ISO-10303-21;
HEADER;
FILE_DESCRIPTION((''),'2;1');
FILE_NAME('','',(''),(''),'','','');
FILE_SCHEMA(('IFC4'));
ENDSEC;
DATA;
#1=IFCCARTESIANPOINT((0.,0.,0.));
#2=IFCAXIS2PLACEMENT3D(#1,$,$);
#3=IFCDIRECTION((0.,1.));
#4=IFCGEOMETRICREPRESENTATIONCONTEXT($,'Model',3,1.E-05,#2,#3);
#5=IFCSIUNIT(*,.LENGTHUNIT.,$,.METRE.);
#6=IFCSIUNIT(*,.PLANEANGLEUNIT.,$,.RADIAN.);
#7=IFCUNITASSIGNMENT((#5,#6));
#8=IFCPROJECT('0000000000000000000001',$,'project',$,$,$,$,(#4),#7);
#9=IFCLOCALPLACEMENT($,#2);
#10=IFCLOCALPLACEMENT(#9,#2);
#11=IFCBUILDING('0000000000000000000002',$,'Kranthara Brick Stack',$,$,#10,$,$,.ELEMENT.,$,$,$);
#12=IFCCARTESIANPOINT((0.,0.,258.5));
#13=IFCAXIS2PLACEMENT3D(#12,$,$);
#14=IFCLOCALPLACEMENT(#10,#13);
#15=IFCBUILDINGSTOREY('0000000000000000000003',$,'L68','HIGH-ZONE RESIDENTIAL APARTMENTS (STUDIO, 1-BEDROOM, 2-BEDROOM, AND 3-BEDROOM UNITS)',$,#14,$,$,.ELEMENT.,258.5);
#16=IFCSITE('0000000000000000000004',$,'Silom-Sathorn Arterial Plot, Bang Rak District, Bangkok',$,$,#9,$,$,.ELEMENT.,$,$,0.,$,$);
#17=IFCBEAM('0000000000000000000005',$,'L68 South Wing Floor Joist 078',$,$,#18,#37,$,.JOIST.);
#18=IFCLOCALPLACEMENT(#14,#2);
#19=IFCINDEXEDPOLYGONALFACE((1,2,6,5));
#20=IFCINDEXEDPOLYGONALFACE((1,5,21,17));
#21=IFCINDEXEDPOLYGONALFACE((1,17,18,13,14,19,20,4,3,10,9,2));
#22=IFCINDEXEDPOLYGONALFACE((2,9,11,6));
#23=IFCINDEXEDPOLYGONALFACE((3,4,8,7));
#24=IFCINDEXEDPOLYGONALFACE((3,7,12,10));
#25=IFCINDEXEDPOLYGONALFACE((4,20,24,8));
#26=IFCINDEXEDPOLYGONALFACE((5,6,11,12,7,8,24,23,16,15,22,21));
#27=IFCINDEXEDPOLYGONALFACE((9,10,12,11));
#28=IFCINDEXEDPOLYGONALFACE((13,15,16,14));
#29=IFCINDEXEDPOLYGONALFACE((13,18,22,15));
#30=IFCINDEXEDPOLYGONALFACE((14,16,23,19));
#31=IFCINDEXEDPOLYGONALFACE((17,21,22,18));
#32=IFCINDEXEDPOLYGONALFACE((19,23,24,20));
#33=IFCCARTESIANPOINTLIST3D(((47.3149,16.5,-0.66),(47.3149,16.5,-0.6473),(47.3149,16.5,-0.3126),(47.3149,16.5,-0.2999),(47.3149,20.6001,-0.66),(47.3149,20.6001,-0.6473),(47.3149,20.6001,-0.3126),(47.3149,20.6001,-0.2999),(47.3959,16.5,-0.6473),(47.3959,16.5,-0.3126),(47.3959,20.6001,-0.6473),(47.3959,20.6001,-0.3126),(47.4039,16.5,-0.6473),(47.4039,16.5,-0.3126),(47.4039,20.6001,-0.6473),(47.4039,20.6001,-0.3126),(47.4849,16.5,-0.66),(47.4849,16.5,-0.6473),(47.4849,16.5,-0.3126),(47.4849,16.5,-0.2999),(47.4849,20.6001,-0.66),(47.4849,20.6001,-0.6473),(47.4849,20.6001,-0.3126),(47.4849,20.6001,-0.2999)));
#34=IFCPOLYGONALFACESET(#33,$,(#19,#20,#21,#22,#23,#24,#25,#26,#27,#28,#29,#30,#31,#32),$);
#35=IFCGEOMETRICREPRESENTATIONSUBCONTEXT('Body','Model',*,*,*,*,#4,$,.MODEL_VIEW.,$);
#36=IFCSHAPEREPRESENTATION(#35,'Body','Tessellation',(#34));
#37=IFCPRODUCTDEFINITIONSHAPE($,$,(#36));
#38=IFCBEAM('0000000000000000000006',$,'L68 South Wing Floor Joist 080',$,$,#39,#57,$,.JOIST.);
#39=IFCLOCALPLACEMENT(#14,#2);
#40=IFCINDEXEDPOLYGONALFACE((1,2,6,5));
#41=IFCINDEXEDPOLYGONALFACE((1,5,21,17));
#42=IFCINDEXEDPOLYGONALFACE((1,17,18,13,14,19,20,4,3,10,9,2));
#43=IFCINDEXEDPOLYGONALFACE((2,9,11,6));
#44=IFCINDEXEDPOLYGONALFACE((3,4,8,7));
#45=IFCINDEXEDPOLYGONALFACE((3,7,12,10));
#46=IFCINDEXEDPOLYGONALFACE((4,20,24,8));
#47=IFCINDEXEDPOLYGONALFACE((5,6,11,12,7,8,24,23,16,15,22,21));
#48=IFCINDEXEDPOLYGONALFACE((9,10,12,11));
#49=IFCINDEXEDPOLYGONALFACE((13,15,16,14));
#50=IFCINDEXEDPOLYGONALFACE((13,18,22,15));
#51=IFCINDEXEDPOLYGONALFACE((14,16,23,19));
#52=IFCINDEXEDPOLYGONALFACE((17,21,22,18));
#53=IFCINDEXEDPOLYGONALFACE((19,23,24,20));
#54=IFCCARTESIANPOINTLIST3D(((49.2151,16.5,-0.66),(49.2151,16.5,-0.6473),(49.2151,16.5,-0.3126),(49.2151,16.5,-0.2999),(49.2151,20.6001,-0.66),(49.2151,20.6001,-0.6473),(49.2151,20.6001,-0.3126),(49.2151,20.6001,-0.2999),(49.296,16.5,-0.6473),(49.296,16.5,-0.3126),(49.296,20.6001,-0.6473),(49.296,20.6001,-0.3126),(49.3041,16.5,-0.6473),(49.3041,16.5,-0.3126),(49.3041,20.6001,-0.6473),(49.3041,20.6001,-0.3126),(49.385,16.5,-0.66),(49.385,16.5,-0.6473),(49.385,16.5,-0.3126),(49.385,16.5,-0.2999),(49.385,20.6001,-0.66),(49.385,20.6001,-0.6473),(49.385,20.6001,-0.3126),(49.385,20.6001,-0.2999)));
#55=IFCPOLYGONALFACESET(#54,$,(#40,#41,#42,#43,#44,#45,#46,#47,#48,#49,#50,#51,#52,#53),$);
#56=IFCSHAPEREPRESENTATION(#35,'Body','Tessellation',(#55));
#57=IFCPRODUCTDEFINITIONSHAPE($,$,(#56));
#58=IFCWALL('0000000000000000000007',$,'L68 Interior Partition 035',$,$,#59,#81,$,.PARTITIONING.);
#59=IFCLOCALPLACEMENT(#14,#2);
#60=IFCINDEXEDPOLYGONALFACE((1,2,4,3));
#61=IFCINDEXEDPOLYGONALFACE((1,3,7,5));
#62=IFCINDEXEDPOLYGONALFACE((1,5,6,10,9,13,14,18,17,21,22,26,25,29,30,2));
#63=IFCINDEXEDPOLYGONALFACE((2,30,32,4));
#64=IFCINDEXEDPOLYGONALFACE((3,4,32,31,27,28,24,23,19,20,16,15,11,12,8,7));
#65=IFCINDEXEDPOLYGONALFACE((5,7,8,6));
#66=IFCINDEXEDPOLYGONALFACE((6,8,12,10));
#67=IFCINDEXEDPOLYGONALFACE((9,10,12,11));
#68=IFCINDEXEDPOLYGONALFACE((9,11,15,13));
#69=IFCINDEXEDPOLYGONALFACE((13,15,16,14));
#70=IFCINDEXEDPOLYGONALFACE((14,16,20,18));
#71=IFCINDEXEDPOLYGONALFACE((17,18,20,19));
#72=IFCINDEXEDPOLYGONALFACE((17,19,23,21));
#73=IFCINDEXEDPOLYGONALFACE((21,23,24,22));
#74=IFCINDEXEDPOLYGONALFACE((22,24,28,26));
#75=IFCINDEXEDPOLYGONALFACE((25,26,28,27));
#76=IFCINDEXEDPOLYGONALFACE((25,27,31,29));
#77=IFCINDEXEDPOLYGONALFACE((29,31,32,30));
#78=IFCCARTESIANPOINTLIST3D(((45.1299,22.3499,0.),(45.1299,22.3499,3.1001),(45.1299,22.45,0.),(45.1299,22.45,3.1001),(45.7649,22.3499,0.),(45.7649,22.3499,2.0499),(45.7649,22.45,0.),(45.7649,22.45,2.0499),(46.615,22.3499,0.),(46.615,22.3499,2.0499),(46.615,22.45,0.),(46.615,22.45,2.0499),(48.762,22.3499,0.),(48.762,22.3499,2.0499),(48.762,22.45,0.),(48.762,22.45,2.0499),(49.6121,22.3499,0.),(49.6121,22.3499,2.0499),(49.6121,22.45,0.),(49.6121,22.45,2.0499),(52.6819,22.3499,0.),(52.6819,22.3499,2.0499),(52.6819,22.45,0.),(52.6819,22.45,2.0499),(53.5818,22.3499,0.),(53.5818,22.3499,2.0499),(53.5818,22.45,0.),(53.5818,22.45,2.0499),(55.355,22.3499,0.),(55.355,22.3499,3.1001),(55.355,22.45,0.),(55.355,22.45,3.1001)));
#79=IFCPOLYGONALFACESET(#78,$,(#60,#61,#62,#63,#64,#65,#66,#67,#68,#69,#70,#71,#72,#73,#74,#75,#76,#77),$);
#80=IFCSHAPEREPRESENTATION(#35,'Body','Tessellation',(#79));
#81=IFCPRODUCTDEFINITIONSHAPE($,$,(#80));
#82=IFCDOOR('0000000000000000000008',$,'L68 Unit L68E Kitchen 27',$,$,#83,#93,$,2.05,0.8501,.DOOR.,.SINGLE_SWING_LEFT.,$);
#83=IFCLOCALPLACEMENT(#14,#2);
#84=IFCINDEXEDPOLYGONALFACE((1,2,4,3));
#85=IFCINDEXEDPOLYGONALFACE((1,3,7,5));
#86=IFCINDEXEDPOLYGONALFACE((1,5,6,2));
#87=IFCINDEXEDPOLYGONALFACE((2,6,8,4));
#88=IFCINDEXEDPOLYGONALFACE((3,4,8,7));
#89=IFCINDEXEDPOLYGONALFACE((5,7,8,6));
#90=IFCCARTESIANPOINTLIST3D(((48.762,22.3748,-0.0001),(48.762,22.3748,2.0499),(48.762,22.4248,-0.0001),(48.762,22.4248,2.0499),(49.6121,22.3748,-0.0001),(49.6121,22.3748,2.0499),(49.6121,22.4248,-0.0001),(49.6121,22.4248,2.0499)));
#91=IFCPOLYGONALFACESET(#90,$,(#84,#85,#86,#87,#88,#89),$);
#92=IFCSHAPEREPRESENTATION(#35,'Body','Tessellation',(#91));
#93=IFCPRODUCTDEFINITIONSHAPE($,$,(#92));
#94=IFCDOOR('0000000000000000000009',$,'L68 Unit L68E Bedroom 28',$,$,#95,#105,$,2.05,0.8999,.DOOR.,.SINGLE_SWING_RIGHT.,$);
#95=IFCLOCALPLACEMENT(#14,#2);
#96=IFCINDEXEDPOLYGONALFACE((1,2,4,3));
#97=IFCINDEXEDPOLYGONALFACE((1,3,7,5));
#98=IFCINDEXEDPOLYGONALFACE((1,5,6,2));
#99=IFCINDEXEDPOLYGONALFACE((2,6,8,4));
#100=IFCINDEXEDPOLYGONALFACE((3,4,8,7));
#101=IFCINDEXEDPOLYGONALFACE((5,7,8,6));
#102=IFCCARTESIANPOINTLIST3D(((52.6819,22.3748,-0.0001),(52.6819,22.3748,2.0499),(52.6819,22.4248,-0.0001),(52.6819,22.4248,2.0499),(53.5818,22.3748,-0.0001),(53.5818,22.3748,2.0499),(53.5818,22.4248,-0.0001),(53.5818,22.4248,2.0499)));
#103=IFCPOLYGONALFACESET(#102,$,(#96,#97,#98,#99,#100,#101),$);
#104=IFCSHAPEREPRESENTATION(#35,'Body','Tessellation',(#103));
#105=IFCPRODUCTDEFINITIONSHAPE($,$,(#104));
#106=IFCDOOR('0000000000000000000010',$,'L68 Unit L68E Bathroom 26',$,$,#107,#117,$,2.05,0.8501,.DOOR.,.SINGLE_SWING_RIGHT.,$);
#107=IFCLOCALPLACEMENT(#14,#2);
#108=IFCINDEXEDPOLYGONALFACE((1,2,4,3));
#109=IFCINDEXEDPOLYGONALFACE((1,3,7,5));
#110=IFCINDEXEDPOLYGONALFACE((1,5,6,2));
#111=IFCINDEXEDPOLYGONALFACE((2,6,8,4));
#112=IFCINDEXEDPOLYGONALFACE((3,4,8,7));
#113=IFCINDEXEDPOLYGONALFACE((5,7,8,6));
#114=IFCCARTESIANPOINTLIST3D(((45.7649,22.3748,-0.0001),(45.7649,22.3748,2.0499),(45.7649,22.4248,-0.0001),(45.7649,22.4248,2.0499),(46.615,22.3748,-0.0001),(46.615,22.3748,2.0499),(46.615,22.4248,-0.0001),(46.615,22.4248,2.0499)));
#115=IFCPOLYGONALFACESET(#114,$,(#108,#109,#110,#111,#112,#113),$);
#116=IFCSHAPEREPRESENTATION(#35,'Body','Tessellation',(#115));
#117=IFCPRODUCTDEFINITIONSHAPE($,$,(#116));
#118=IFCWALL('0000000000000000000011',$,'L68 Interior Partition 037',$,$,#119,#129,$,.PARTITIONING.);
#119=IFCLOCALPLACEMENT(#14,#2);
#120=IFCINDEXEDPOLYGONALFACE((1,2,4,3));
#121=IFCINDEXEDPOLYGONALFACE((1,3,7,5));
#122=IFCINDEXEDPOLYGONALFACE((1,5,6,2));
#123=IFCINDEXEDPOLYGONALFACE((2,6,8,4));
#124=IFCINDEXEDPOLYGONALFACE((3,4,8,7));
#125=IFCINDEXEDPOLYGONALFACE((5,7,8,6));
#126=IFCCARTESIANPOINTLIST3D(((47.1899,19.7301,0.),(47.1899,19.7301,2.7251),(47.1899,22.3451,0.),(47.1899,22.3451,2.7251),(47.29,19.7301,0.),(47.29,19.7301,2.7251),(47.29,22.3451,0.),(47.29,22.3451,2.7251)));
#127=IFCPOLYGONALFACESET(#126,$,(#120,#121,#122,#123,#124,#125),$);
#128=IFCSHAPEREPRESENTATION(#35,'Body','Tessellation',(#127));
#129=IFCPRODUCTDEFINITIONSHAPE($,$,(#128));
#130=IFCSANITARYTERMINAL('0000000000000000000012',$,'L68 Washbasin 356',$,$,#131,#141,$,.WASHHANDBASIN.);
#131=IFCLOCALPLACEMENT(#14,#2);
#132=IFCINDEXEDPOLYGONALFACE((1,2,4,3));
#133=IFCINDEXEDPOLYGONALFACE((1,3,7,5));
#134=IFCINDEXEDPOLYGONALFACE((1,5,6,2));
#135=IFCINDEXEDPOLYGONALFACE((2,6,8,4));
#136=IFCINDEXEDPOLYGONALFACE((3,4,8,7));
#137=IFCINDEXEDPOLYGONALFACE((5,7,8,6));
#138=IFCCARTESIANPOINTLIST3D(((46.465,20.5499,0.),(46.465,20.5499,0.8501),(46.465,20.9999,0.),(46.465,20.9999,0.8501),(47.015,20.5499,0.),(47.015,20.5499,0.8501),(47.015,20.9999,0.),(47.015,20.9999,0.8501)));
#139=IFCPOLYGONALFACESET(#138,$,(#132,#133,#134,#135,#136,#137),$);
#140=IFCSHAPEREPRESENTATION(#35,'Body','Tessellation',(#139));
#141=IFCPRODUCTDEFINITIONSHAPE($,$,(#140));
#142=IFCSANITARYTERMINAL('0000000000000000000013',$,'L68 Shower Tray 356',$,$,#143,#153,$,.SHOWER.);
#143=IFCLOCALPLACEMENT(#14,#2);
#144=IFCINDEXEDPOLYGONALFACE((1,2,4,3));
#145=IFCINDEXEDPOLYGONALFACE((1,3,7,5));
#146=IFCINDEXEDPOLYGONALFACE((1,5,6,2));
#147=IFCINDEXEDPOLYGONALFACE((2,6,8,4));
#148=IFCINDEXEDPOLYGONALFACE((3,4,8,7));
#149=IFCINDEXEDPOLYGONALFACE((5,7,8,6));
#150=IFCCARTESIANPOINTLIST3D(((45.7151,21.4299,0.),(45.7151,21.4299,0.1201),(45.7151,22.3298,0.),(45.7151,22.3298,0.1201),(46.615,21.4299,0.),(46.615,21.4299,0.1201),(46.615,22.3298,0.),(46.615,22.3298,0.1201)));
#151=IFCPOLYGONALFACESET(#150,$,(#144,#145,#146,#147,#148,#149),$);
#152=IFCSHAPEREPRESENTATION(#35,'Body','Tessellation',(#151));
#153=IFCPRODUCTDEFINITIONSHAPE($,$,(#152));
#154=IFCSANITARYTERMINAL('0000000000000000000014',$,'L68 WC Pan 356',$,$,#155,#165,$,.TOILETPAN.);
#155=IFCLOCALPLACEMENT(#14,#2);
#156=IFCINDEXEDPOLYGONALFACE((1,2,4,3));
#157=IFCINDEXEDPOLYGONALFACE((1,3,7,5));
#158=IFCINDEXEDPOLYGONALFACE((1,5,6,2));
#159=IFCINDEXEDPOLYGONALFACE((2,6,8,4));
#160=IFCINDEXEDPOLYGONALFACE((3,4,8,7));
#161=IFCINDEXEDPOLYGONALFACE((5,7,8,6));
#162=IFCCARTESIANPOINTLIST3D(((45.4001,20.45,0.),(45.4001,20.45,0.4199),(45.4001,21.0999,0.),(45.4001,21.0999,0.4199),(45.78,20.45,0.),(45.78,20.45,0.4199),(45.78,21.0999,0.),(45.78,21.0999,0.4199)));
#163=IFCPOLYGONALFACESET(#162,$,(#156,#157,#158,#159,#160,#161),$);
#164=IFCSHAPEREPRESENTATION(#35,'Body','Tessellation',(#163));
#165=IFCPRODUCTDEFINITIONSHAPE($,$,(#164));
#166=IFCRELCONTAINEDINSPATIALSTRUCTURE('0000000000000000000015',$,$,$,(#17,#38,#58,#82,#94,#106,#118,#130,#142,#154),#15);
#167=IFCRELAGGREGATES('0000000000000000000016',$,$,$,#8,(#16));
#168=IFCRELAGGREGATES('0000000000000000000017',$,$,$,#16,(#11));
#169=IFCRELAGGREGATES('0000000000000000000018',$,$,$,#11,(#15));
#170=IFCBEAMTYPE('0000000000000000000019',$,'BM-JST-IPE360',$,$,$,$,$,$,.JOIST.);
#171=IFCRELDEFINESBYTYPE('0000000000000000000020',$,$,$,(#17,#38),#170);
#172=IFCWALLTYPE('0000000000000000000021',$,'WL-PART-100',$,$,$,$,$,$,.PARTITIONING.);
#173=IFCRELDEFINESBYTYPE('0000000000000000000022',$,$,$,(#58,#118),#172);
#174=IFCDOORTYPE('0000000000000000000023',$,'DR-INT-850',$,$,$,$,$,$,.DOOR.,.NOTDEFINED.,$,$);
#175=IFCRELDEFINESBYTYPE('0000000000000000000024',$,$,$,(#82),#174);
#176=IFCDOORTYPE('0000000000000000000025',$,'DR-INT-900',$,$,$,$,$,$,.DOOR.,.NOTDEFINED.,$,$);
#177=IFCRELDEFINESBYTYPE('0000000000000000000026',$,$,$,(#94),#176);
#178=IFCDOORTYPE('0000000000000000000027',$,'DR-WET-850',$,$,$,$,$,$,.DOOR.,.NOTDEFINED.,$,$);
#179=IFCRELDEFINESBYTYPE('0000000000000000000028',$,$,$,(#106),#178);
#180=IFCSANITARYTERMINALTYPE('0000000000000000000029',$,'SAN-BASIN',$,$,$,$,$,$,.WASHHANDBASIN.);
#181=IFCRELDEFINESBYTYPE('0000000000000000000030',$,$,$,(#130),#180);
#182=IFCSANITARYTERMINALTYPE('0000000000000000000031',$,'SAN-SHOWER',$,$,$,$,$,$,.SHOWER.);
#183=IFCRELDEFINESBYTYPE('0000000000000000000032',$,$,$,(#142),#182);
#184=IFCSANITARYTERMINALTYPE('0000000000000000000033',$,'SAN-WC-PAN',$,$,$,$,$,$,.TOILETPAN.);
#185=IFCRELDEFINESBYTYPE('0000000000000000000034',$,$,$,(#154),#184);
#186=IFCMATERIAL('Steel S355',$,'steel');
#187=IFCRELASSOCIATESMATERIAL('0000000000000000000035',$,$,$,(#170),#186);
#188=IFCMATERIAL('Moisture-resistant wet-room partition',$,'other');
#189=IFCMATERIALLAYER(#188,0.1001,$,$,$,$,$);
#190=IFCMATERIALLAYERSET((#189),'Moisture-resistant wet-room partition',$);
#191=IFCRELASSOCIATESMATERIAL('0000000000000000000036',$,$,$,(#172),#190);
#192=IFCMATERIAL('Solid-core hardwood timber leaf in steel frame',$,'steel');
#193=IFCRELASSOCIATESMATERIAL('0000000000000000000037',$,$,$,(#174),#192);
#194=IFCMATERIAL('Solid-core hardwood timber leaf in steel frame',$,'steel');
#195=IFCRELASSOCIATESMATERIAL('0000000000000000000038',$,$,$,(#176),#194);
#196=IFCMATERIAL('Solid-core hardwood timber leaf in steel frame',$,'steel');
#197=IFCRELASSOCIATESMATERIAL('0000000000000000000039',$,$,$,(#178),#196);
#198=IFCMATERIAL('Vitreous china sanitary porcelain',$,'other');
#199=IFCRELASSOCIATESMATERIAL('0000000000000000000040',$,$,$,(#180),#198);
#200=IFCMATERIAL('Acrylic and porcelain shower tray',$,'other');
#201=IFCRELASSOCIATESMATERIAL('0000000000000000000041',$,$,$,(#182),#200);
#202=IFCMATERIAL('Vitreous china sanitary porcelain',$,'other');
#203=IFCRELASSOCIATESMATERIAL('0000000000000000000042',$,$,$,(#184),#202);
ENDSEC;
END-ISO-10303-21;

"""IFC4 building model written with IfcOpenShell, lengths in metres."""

from ifc_helpers import new_model, si_unit, direction, frame, frame_2d, origin, origin_2d, place, context, subcontext, project, spatial, rectangle, i_section, extrude, material, layer, layer_set, material_profile, profile_set, type_object, element, fill, save


model = new_model("IFC4")

# Units and contexts
model_context = context("Model", 3, precision=1e-05, world=origin(), true_north=direction((0.0, 1.0)))
body_context = subcontext(model_context, "Body", "Model", "MODEL_VIEW")
ifc_project = project(units=[si_unit("LENGTHUNIT", "METRE"), si_unit("PLANEANGLEUNIT", "RADIAN")], contexts=[model_context])

# Site, building, storey
site_placement = place(None, origin())
site = spatial("IfcSite", under=ifc_project, at=site_placement, Name="Silom-Sathorn Arterial Plot, Bang Rak District, Bangkok", CompositionType="ELEMENT", RefElevation=0.0)
building_placement = place(site_placement, origin())
building = spatial("IfcBuilding", under=site, at=building_placement, Name="Kranthara Brick Stack", CompositionType="ELEMENT")
storey_placement = place(building_placement, frame((0.0, 0.0, 258.5)))
storey = spatial("IfcBuildingStorey", under=building, at=storey_placement, Name="L68", Description="HIGH-ZONE RESIDENTIAL APARTMENTS (STUDIO, 1-BEDROOM, 2-BEDROOM, AND 3-BEDROOM UNITS)", CompositionType="ELEMENT", Elevation=258.5)

# Beams
ifc_material_1 = material(Name="Steel S355", Category="steel")
ifc_material_profile = material_profile(ifc_material_1, i_section(OverallWidth=0.1699, OverallDepth=0.3601, WebThickness=0.0081, FlangeThickness=0.0127, at=origin_2d()), Name="IPE 360")
ifc_profile_set = profile_set([ifc_material_profile], Name="Steel S355")
beam_type = type_object("IfcBeamType", Name="BM-JST-IPE360", PredefinedType="JOIST", material=ifc_profile_set)
for number, where, z_axis, x_axis, name in (
    (1, (47.3999, 16.5, -0.48), (0.0, 1.0, 0.0), (-1.0, 0.0, 0.0), "L68 South Wing Floor Joist 078"),
    (2, (49.3, 16.5, -0.48), (0.0, 1.0, 0.0), (-1.0, 0.0, 0.0), "L68 South Wing Floor Joist 080"),
):
    element("IfcBeam", number, at=place(storey_placement, frame(where, z_axis=z_axis, x_axis=x_axis)), inside=storey, type_object=beam_type, Name=name, PredefinedType="JOIST", context=body_context, shape_type="SweptSolid", body=[
        extrude(i_section(OverallWidth=0.1699, OverallDepth=0.3601, WebThickness=0.0081, FlangeThickness=0.0127, at=origin_2d()), origin(), (0.0, 0.0, 1.0), 4.1001),
    ])

# Wall, openings, doors
ifc_material_2 = material(Name="Moisture-resistant wet-room partition", Category="other")
ifc_layer = layer(ifc_material_2, 0.1001)
ifc_layer_set = layer_set([ifc_layer], Name="Moisture-resistant wet-room partition")
wall_type = type_object("IfcWallType", Name="WL-PART-100", PredefinedType="PARTITIONING", material=ifc_layer_set)
wall_1_placement = place(storey_placement, frame((45.1299, 22.3999, 0.0), z_axis=(0.0, 0.0, 1.0), x_axis=(1.0, 0.0, 0.0)))
wall_1 = element("IfcWall", 3, at=wall_1_placement, inside=storey, type_object=wall_type, Name="L68 Interior Partition 035", PredefinedType="PARTITIONING", context=body_context, shape_type="SweptSolid", body=[
    extrude(rectangle(XDim=10.2251, YDim=0.1001, at=frame_2d((5.1125, 0.0))), origin(), (0.0, 0.0, 1.0), 3.1001),
])
opening_1_placement = place(wall_1_placement, frame((0.635, 0.0, 0.0)))
opening_1 = element("IfcOpeningElement", 4, at=opening_1_placement, cuts=wall_1, PredefinedType="OPENING", context=body_context, shape_type="SweptSolid", body=[
    extrude(rectangle(XDim=0.8501, YDim=2.05, at=frame_2d((0.425, 1.0249))), frame((0.0, 0.0601, 0.0), z_axis=(0.0, -1.0, 0.0), x_axis=(1.0, 0.0, 0.0)), (0.0, 0.0, 1.0), 0.1201),
])
opening_2_placement = place(wall_1_placement, frame((3.6321, 0.0, 0.0)))
opening_2 = element("IfcOpeningElement", 5, at=opening_2_placement, cuts=wall_1, PredefinedType="OPENING", context=body_context, shape_type="SweptSolid", body=[
    extrude(rectangle(XDim=0.8501, YDim=2.05, at=frame_2d((0.425, 1.0249))), frame((0.0, 0.0601, 0.0), z_axis=(0.0, -1.0, 0.0), x_axis=(1.0, 0.0, 0.0)), (0.0, 0.0, 1.0), 0.1201),
])
opening_3_placement = place(wall_1_placement, frame((7.552, 0.0, 0.0)))
opening_3 = element("IfcOpeningElement", 6, at=opening_3_placement, cuts=wall_1, PredefinedType="OPENING", context=body_context, shape_type="SweptSolid", body=[
    extrude(rectangle(XDim=0.8999, YDim=2.05, at=frame_2d((0.45, 1.0249))), frame((0.0, 0.0601, 0.0), z_axis=(0.0, -1.0, 0.0), x_axis=(1.0, 0.0, 0.0)), (0.0, 0.0, 1.0), 0.1201),
])
ifc_material_3 = material(Name="Solid-core hardwood timber leaf in steel frame", Category="steel")
door_type_1 = type_object("IfcDoorType", Name="DR-INT-850", OperationType="NOTDEFINED", PredefinedType="DOOR", material=ifc_material_3)
door_1_placement = place(opening_2_placement, origin())
door_1 = element("IfcDoor", 7, at=door_1_placement, inside=storey, type_object=door_type_1, Name="L68 Unit L68E Kitchen 27", OperationType="SINGLE_SWING_LEFT", OverallHeight=2.05, OverallWidth=0.8501, PredefinedType="DOOR", context=body_context, shape_type="SweptSolid", body=[
    extrude(rectangle(XDim=0.8501, YDim=2.05, at=frame_2d((0.425, 1.0249))), frame((0.0, 0.0249, 0.0), z_axis=(0.0, -1.0, 0.0), x_axis=(1.0, 0.0, 0.0)), (0.0, 0.0, 1.0), 0.05),
])
fill(opening_2, door_1)
ifc_material_4 = material(Name="Solid-core hardwood timber leaf in steel frame", Category="steel")
door_type_2 = type_object("IfcDoorType", Name="DR-INT-900", OperationType="NOTDEFINED", PredefinedType="DOOR", material=ifc_material_4)
door_2_placement = place(opening_3_placement, origin())
door_2 = element("IfcDoor", 8, at=door_2_placement, inside=storey, type_object=door_type_2, Name="L68 Unit L68E Bedroom 28", OperationType="SINGLE_SWING_RIGHT", OverallHeight=2.05, OverallWidth=0.8999, PredefinedType="DOOR", context=body_context, shape_type="SweptSolid", body=[
    extrude(rectangle(XDim=0.8999, YDim=2.05, at=frame_2d((0.45, 1.0249))), frame((0.0, 0.0249, 0.0), z_axis=(0.0, -1.0, 0.0), x_axis=(1.0, 0.0, 0.0)), (0.0, 0.0, 1.0), 0.05),
])
fill(opening_3, door_2)
ifc_material_5 = material(Name="Solid-core hardwood timber leaf in steel frame", Category="steel")
door_type_3 = type_object("IfcDoorType", Name="DR-WET-850", OperationType="NOTDEFINED", PredefinedType="DOOR", material=ifc_material_5)
door_3_placement = place(opening_1_placement, origin())
door_3 = element("IfcDoor", 9, at=door_3_placement, inside=storey, type_object=door_type_3, Name="L68 Unit L68E Bathroom 26", OperationType="SINGLE_SWING_RIGHT", OverallHeight=2.05, OverallWidth=0.8501, PredefinedType="DOOR", context=body_context, shape_type="SweptSolid", body=[
    extrude(rectangle(XDim=0.8501, YDim=2.05, at=frame_2d((0.425, 1.0249))), frame((0.0, 0.0249, 0.0), z_axis=(0.0, -1.0, 0.0), x_axis=(1.0, 0.0, 0.0)), (0.0, 0.0, 1.0), 0.05),
])
fill(opening_1, door_3)

# Wall
wall_2_placement = place(storey_placement, frame((47.24, 19.73, 0.0), z_axis=(0.0, 0.0, 1.0), x_axis=(0.0, 1.0, 0.0)))
element("IfcWall", 10, at=wall_2_placement, inside=storey, type_object=wall_type, Name="L68 Interior Partition 037", PredefinedType="PARTITIONING", context=body_context, shape_type="SweptSolid", body=[
    extrude(rectangle(XDim=2.615, YDim=0.1001, at=frame_2d((1.3076, 0.0))), origin(), (0.0, 0.0, 1.0), 2.7251),
])

# Sanitary terminals
ifc_material_6 = material(Name="Vitreous china sanitary porcelain", Category="other")
sanitary_terminal_type_1 = type_object("IfcSanitaryTerminalType", Name="SAN-BASIN", PredefinedType="WASHHANDBASIN", material=ifc_material_6)
sanitary_terminal_1_placement = place(storey_placement, frame((46.74, 20.7749, 0.0), z_axis=(0.0, 0.0, 1.0), x_axis=(1.0, 0.0, 0.0)))
element("IfcSanitaryTerminal", 11, at=sanitary_terminal_1_placement, inside=storey, type_object=sanitary_terminal_type_1, Name="L68 Washbasin 356", PredefinedType="WASHHANDBASIN", context=body_context, shape_type="SweptSolid", body=[
    extrude(rectangle(XDim=0.55, YDim=0.45, at=origin_2d()), origin(), (0.0, 0.0, 1.0), 0.8501),
])
ifc_material_7 = material(Name="Acrylic and porcelain shower tray", Category="other")
sanitary_terminal_type_2 = type_object("IfcSanitaryTerminalType", Name="SAN-SHOWER", PredefinedType="SHOWER", material=ifc_material_7)
sanitary_terminal_2_placement = place(storey_placement, frame((46.165, 21.8799, 0.0), z_axis=(0.0, 0.0, 1.0), x_axis=(1.0, 0.0, 0.0)))
element("IfcSanitaryTerminal", 12, at=sanitary_terminal_2_placement, inside=storey, type_object=sanitary_terminal_type_2, Name="L68 Shower Tray 356", PredefinedType="SHOWER", context=body_context, shape_type="SweptSolid", body=[
    extrude(rectangle(XDim=0.8999, YDim=0.8999, at=origin_2d()), origin(), (0.0, 0.0, 1.0), 0.1201),
])
ifc_material_8 = material(Name="Vitreous china sanitary porcelain", Category="other")
sanitary_terminal_type_3 = type_object("IfcSanitaryTerminalType", Name="SAN-WC-PAN", PredefinedType="TOILETPAN", material=ifc_material_8)
sanitary_terminal_3_placement = place(storey_placement, frame((45.5901, 20.7749, 0.0), z_axis=(0.0, 0.0, 1.0), x_axis=(1.0, 0.0, 0.0)))
element("IfcSanitaryTerminal", 13, at=sanitary_terminal_3_placement, inside=storey, type_object=sanitary_terminal_type_3, Name="L68 WC Pan 356", PredefinedType="TOILETPAN", context=body_context, shape_type="SweptSolid", body=[
    extrude(rectangle(XDim=0.3799, YDim=0.6499, at=origin_2d()), origin(), (0.0, 0.0, 1.0), 0.4199),
])

save(model, "model.ifc")
